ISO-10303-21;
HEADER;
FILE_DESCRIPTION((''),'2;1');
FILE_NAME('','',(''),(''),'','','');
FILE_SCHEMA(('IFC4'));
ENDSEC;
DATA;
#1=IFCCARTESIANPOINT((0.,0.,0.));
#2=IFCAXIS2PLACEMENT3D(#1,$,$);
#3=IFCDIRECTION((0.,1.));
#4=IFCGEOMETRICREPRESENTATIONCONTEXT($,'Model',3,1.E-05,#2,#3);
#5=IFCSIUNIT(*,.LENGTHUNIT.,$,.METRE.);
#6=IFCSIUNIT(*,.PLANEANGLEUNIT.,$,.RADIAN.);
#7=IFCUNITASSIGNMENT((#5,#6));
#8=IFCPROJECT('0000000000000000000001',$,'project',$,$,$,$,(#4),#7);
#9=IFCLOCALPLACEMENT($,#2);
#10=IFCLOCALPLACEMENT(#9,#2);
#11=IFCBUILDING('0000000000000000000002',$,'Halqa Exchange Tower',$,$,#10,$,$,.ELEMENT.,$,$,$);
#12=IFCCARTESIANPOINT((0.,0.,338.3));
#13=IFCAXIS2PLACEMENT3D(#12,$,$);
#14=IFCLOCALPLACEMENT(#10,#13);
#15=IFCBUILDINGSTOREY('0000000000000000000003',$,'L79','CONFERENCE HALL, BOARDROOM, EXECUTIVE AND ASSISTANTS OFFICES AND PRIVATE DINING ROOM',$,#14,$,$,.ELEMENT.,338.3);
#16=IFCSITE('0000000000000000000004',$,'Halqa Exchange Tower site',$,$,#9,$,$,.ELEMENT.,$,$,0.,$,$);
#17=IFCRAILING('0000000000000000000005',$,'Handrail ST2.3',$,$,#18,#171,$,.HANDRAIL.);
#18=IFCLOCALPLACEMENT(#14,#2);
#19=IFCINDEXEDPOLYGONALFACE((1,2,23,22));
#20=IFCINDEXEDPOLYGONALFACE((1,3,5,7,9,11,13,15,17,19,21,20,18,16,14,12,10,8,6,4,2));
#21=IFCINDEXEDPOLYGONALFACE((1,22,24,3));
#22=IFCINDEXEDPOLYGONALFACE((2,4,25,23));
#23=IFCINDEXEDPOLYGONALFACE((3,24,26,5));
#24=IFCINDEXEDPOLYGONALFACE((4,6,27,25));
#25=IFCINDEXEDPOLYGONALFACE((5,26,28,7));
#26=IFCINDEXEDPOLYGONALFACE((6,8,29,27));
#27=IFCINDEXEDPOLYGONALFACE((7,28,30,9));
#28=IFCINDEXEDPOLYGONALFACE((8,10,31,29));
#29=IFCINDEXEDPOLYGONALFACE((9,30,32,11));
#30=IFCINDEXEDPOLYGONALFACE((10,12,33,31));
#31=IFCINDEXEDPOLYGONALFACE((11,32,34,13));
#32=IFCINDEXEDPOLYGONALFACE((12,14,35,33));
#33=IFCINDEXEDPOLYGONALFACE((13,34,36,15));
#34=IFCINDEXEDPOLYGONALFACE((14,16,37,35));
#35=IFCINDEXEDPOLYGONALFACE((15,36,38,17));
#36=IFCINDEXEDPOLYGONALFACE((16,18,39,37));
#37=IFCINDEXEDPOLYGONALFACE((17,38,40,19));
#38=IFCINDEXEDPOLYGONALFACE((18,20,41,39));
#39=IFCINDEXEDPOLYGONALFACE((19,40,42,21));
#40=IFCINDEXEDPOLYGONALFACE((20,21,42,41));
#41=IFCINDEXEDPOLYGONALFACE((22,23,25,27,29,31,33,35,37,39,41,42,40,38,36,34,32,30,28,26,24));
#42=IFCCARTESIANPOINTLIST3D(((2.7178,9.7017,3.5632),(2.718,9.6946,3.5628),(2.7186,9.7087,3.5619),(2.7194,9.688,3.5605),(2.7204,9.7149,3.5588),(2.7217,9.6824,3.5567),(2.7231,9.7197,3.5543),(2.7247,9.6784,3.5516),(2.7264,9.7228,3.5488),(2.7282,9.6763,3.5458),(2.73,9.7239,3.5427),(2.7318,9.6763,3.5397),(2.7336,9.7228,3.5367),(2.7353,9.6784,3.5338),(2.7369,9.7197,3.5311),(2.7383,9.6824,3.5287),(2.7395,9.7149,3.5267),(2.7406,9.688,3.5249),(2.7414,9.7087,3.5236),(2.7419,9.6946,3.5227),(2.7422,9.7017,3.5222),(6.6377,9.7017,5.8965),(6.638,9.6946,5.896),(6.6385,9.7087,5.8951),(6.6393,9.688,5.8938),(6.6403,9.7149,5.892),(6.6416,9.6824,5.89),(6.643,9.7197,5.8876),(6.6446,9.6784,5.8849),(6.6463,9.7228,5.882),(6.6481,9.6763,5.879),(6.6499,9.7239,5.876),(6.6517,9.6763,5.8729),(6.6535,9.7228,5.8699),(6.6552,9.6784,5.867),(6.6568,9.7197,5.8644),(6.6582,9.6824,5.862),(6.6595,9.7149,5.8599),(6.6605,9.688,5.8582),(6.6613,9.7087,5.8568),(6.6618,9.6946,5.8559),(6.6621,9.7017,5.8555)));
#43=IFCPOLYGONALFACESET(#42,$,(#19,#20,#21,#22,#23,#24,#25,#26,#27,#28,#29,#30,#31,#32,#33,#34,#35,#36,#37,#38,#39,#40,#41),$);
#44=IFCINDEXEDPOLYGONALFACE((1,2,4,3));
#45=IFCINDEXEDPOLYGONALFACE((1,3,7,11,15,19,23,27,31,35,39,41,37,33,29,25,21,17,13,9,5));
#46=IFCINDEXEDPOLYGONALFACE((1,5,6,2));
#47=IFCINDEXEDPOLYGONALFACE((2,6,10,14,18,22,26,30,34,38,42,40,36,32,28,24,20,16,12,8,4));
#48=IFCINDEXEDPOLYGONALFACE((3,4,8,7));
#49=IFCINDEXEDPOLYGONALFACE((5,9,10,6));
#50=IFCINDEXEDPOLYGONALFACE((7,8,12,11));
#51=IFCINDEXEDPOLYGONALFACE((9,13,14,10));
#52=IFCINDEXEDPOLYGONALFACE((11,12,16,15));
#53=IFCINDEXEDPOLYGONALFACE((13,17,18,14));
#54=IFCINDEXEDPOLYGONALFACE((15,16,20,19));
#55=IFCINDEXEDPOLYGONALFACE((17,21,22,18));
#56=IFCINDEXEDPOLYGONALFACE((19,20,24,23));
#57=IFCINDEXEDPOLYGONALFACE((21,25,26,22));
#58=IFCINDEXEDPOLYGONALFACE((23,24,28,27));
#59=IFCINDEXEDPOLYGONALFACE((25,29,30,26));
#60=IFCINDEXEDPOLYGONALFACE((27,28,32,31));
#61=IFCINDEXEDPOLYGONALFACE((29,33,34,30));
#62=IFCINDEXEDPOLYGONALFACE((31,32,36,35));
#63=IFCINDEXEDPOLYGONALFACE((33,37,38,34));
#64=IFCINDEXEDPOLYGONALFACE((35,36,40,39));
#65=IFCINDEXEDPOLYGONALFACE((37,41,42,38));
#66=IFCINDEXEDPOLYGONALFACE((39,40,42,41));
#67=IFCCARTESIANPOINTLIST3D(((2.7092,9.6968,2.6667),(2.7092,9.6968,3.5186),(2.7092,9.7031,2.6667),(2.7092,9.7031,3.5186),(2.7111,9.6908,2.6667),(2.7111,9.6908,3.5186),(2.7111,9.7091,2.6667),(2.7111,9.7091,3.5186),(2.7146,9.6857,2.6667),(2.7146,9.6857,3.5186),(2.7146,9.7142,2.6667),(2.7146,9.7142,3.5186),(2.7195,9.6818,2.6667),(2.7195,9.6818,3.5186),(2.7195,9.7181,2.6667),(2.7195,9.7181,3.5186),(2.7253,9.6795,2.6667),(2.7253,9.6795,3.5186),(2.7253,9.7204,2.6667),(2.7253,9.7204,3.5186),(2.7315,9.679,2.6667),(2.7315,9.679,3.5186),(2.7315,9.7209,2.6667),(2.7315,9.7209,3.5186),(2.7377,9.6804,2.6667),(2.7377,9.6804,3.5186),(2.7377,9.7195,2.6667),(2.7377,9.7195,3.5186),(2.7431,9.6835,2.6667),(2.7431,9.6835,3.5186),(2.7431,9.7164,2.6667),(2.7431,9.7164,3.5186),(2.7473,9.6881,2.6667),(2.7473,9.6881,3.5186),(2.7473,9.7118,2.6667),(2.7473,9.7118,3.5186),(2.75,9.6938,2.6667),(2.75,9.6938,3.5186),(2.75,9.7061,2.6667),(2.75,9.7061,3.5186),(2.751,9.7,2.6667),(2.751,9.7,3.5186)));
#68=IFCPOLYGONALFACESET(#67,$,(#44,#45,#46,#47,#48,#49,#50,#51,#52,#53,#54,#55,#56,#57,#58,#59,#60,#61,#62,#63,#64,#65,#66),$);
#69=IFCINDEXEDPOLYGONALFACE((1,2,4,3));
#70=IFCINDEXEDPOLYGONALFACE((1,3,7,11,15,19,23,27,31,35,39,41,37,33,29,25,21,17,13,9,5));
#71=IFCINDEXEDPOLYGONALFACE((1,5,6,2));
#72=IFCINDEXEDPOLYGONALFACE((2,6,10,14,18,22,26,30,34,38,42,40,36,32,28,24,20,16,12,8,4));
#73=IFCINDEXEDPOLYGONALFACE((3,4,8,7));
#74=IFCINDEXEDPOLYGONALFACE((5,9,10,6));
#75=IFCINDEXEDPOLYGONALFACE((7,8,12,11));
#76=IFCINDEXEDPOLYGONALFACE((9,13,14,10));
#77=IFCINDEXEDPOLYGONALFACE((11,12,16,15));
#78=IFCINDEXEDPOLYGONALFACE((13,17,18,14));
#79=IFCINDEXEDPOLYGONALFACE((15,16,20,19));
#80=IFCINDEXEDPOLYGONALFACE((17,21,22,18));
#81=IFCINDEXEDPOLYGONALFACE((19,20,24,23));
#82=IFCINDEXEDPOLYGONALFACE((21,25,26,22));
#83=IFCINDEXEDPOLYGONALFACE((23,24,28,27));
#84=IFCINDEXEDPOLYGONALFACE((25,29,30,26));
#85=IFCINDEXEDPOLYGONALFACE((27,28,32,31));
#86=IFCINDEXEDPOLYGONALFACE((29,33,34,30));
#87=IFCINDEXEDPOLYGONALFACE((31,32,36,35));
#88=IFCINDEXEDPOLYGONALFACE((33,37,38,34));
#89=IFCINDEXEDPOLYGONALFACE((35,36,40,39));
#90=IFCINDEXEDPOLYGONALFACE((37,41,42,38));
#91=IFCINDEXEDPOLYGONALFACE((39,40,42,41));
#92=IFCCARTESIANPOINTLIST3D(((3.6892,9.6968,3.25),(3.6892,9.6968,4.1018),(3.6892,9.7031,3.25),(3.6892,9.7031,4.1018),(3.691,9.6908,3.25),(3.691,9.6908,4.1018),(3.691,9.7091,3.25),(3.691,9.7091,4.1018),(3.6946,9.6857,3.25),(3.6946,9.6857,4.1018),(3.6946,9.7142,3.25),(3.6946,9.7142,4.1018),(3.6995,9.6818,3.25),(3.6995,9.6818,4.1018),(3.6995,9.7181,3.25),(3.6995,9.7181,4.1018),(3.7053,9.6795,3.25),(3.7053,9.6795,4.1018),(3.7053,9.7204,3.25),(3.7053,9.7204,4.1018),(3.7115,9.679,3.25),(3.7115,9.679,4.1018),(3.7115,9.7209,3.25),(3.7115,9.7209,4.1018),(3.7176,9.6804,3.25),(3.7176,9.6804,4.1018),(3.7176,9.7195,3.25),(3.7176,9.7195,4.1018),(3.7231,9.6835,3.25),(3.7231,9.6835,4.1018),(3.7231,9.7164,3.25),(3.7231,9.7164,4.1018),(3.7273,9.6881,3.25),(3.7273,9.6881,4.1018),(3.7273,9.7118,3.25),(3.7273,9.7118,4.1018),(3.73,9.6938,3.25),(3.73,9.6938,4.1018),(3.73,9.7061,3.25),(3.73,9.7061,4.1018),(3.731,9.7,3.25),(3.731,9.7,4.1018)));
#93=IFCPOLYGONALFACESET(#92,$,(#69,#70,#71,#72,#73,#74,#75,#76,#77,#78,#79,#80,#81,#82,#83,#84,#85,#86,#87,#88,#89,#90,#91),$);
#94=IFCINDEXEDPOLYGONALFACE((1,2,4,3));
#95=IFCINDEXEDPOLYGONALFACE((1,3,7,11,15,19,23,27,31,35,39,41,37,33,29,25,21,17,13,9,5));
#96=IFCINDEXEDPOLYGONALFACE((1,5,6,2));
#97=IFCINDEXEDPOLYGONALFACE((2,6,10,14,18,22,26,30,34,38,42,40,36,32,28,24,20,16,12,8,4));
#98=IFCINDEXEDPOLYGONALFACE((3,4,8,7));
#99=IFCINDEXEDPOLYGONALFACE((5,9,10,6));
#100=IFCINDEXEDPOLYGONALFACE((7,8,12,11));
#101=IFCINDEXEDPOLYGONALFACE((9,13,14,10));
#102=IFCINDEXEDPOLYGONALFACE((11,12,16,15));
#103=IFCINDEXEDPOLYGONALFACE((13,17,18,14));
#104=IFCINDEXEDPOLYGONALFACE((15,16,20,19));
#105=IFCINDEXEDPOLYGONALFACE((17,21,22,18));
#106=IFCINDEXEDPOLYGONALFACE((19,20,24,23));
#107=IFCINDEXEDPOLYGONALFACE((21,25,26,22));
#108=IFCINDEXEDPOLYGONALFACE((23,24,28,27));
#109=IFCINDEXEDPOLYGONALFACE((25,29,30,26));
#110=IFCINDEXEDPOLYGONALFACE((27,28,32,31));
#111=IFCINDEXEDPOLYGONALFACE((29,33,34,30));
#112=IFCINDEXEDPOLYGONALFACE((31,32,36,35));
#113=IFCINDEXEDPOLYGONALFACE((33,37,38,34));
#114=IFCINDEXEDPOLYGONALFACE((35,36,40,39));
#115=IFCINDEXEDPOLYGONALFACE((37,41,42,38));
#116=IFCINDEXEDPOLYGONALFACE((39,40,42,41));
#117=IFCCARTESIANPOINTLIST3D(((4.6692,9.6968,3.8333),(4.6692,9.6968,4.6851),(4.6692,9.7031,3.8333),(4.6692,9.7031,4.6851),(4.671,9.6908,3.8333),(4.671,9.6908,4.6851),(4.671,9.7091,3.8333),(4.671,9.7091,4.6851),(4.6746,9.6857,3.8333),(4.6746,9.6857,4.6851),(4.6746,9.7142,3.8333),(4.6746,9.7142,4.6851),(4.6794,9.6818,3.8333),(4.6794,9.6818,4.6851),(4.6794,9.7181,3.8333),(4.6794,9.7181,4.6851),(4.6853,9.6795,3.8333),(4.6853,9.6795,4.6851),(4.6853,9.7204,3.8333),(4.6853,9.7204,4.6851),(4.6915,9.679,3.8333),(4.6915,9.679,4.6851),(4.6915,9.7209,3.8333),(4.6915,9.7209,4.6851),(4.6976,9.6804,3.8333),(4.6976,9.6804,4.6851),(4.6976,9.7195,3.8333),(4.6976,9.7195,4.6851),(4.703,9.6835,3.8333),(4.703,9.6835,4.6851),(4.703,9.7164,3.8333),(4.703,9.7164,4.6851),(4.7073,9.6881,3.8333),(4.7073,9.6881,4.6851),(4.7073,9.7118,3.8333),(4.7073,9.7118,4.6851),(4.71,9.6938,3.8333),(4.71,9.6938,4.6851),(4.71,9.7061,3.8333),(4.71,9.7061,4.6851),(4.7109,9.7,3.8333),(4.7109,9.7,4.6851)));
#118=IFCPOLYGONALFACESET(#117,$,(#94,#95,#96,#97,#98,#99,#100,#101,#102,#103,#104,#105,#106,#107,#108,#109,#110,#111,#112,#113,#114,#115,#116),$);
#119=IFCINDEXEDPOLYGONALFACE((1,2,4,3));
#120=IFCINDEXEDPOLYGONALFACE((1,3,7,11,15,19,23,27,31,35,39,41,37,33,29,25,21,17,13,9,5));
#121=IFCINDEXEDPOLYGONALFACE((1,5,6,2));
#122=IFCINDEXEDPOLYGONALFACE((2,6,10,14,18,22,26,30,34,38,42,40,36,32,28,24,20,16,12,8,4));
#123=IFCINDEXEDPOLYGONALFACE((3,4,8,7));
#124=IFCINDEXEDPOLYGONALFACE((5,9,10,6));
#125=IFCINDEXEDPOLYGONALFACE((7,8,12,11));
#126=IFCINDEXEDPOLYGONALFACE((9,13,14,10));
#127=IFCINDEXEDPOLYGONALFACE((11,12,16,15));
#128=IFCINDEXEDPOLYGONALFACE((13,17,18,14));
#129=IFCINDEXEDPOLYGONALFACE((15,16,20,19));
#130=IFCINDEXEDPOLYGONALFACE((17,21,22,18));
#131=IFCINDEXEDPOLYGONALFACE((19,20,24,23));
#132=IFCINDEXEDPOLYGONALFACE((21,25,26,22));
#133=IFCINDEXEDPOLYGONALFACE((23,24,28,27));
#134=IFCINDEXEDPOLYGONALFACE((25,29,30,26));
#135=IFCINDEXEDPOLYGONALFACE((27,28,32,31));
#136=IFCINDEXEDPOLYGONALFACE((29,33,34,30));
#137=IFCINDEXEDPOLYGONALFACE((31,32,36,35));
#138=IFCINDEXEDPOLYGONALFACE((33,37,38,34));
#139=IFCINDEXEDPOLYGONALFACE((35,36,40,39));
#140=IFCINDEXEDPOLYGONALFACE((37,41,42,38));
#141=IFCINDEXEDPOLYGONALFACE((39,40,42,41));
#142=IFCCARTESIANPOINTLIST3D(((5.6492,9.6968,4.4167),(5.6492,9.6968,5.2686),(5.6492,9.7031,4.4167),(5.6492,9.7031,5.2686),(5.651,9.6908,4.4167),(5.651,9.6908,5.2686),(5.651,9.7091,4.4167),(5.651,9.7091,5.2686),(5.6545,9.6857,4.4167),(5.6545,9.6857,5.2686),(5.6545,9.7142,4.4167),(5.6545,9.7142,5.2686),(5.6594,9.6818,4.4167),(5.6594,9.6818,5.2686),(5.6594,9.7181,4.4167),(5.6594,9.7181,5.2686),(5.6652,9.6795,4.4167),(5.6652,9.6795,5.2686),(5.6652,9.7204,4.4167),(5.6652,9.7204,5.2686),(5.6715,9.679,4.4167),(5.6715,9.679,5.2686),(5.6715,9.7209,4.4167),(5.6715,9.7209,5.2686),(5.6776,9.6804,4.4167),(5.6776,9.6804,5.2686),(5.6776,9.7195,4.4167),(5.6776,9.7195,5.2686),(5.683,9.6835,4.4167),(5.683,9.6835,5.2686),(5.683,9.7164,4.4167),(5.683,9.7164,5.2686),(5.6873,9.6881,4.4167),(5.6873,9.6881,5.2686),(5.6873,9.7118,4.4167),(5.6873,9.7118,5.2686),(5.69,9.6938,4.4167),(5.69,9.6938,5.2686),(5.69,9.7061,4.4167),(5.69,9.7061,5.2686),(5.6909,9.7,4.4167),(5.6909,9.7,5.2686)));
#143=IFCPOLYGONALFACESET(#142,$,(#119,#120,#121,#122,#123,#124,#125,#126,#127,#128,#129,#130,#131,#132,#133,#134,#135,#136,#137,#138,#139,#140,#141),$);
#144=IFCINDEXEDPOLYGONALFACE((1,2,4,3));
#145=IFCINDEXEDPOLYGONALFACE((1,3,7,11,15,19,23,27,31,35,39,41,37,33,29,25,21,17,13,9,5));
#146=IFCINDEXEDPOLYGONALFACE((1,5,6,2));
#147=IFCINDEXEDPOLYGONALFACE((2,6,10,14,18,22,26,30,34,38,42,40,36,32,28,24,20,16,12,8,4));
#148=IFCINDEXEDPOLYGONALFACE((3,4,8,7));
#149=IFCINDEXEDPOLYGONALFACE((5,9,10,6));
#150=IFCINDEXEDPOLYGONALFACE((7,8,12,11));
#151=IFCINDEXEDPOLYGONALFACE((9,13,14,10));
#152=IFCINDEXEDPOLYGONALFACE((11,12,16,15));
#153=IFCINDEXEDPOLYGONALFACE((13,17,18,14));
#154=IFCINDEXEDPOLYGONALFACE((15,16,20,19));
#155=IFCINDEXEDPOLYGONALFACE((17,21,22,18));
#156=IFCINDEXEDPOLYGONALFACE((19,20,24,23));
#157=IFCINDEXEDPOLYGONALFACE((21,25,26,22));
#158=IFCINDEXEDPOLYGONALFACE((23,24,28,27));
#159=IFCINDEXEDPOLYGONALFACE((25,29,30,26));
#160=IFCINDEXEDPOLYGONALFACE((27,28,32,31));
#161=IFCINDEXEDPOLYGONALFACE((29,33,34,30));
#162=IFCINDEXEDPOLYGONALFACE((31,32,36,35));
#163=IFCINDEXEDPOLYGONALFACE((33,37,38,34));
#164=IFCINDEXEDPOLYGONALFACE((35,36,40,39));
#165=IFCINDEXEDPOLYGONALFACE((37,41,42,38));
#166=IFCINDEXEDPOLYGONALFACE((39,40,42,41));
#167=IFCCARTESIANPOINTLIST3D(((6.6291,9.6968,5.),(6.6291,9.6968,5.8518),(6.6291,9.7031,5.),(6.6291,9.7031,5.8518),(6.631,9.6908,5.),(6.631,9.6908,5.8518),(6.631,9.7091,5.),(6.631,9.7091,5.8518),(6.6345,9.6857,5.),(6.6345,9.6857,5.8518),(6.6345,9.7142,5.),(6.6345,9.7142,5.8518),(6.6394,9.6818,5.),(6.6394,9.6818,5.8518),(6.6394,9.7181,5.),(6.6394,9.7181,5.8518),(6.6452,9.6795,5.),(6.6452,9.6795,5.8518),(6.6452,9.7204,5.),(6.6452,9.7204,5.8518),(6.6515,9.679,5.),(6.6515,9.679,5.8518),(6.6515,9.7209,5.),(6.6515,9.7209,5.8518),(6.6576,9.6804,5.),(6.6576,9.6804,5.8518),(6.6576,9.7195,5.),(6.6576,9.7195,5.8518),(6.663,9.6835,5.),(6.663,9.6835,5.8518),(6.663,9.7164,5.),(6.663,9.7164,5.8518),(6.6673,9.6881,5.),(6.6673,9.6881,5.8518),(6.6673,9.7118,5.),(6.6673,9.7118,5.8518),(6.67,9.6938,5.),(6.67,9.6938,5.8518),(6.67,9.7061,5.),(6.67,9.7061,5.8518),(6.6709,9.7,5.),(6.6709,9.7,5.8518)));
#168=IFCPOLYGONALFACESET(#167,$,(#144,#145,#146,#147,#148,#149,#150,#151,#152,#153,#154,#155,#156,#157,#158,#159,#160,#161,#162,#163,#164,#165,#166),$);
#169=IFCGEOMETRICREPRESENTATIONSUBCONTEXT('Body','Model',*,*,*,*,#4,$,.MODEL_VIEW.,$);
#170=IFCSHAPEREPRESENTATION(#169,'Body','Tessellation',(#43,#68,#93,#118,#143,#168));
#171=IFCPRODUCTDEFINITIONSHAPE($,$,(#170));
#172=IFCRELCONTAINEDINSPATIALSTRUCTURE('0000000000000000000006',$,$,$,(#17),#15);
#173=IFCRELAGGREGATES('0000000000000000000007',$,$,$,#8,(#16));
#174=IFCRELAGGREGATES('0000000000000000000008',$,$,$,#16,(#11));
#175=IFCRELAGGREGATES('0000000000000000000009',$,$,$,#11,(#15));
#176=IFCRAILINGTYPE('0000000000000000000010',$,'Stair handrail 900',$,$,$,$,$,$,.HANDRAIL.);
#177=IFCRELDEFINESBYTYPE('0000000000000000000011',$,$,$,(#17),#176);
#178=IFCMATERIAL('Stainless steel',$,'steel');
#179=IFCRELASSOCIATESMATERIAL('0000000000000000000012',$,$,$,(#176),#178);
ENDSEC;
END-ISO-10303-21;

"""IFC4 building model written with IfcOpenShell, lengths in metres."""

from ifc_helpers import new_model, si_unit, direction, frame, origin, origin_2d, place, context, subcontext, project, spatial, circle, extrude, material, type_object, element, save


model = new_model("IFC4")

# Units and contexts
model_context = context("Model", 3, precision=1e-05, world=origin(), true_north=direction((0.0, 1.0)))
body_context = subcontext(model_context, "Body", "Model", "MODEL_VIEW")
ifc_project = project(units=[si_unit("LENGTHUNIT", "METRE"), si_unit("PLANEANGLEUNIT", "RADIAN")], contexts=[model_context])

# Site, building, storey
site_placement = place(None, origin())
site = spatial("IfcSite", under=ifc_project, at=site_placement, Name="Halqa Exchange Tower site", CompositionType="ELEMENT", RefElevation=0.0)
building_placement = place(site_placement, origin())
building = spatial("IfcBuilding", under=site, at=building_placement, Name="Halqa Exchange Tower", CompositionType="ELEMENT")
storey_placement = place(building_placement, frame((0.0, 0.0, 338.3)))
storey = spatial("IfcBuildingStorey", under=building, at=storey_placement, Name="L79", Description="CONFERENCE HALL, BOARDROOM, EXECUTIVE AND ASSISTANTS OFFICES AND PRIVATE DINING ROOM", CompositionType="ELEMENT", Elevation=338.3)

# Railing
ifc_material_1 = material(Name="Stainless steel", Category="steel")
railing_type_1 = type_object("IfcRailingType", Name="Stair handrail 900", PredefinedType="HANDRAIL", material=ifc_material_1)
railing_1_placement = place(storey_placement, frame((2.73, 9.7, 2.6667)))
element("IfcRailing", 1, at=railing_1_placement, inside=storey, type_object=railing_type_1, Name="Handrail ST2.3", PredefinedType="HANDRAIL", context=body_context, shape_type="SweptSolid", body=[
    extrude(circle(Radius=0.0239, at=origin_2d()), frame((0.0, 0.0, 0.876), z_axis=(0.859296, 0.0, 0.511478), x_axis=(0.0, 1.0, 0.0)), (0.0, 0.0, 1.0), 4.5618),
    extrude(circle(Radius=0.021, at=origin_2d()), origin(), (0.0, 0.0, 1.0), 0.8518),
    extrude(circle(Radius=0.021, at=origin_2d()), frame((0.98, 0.0, 0.5833)), (0.0, 0.0, 1.0), 0.8518),
    extrude(circle(Radius=0.021, at=origin_2d()), frame((1.96, 0.0, 1.1665)), (0.0, 0.0, 1.0), 0.8518),
    extrude(circle(Radius=0.021, at=origin_2d()), frame((2.9399, 0.0, 1.75)), (0.0, 0.0, 1.0), 0.8518),
    extrude(circle(Radius=0.021, at=origin_2d()), frame((3.9199, 0.0, 2.3333)), (0.0, 0.0, 1.0), 0.8518),
])

save(model, "model.ifc")
